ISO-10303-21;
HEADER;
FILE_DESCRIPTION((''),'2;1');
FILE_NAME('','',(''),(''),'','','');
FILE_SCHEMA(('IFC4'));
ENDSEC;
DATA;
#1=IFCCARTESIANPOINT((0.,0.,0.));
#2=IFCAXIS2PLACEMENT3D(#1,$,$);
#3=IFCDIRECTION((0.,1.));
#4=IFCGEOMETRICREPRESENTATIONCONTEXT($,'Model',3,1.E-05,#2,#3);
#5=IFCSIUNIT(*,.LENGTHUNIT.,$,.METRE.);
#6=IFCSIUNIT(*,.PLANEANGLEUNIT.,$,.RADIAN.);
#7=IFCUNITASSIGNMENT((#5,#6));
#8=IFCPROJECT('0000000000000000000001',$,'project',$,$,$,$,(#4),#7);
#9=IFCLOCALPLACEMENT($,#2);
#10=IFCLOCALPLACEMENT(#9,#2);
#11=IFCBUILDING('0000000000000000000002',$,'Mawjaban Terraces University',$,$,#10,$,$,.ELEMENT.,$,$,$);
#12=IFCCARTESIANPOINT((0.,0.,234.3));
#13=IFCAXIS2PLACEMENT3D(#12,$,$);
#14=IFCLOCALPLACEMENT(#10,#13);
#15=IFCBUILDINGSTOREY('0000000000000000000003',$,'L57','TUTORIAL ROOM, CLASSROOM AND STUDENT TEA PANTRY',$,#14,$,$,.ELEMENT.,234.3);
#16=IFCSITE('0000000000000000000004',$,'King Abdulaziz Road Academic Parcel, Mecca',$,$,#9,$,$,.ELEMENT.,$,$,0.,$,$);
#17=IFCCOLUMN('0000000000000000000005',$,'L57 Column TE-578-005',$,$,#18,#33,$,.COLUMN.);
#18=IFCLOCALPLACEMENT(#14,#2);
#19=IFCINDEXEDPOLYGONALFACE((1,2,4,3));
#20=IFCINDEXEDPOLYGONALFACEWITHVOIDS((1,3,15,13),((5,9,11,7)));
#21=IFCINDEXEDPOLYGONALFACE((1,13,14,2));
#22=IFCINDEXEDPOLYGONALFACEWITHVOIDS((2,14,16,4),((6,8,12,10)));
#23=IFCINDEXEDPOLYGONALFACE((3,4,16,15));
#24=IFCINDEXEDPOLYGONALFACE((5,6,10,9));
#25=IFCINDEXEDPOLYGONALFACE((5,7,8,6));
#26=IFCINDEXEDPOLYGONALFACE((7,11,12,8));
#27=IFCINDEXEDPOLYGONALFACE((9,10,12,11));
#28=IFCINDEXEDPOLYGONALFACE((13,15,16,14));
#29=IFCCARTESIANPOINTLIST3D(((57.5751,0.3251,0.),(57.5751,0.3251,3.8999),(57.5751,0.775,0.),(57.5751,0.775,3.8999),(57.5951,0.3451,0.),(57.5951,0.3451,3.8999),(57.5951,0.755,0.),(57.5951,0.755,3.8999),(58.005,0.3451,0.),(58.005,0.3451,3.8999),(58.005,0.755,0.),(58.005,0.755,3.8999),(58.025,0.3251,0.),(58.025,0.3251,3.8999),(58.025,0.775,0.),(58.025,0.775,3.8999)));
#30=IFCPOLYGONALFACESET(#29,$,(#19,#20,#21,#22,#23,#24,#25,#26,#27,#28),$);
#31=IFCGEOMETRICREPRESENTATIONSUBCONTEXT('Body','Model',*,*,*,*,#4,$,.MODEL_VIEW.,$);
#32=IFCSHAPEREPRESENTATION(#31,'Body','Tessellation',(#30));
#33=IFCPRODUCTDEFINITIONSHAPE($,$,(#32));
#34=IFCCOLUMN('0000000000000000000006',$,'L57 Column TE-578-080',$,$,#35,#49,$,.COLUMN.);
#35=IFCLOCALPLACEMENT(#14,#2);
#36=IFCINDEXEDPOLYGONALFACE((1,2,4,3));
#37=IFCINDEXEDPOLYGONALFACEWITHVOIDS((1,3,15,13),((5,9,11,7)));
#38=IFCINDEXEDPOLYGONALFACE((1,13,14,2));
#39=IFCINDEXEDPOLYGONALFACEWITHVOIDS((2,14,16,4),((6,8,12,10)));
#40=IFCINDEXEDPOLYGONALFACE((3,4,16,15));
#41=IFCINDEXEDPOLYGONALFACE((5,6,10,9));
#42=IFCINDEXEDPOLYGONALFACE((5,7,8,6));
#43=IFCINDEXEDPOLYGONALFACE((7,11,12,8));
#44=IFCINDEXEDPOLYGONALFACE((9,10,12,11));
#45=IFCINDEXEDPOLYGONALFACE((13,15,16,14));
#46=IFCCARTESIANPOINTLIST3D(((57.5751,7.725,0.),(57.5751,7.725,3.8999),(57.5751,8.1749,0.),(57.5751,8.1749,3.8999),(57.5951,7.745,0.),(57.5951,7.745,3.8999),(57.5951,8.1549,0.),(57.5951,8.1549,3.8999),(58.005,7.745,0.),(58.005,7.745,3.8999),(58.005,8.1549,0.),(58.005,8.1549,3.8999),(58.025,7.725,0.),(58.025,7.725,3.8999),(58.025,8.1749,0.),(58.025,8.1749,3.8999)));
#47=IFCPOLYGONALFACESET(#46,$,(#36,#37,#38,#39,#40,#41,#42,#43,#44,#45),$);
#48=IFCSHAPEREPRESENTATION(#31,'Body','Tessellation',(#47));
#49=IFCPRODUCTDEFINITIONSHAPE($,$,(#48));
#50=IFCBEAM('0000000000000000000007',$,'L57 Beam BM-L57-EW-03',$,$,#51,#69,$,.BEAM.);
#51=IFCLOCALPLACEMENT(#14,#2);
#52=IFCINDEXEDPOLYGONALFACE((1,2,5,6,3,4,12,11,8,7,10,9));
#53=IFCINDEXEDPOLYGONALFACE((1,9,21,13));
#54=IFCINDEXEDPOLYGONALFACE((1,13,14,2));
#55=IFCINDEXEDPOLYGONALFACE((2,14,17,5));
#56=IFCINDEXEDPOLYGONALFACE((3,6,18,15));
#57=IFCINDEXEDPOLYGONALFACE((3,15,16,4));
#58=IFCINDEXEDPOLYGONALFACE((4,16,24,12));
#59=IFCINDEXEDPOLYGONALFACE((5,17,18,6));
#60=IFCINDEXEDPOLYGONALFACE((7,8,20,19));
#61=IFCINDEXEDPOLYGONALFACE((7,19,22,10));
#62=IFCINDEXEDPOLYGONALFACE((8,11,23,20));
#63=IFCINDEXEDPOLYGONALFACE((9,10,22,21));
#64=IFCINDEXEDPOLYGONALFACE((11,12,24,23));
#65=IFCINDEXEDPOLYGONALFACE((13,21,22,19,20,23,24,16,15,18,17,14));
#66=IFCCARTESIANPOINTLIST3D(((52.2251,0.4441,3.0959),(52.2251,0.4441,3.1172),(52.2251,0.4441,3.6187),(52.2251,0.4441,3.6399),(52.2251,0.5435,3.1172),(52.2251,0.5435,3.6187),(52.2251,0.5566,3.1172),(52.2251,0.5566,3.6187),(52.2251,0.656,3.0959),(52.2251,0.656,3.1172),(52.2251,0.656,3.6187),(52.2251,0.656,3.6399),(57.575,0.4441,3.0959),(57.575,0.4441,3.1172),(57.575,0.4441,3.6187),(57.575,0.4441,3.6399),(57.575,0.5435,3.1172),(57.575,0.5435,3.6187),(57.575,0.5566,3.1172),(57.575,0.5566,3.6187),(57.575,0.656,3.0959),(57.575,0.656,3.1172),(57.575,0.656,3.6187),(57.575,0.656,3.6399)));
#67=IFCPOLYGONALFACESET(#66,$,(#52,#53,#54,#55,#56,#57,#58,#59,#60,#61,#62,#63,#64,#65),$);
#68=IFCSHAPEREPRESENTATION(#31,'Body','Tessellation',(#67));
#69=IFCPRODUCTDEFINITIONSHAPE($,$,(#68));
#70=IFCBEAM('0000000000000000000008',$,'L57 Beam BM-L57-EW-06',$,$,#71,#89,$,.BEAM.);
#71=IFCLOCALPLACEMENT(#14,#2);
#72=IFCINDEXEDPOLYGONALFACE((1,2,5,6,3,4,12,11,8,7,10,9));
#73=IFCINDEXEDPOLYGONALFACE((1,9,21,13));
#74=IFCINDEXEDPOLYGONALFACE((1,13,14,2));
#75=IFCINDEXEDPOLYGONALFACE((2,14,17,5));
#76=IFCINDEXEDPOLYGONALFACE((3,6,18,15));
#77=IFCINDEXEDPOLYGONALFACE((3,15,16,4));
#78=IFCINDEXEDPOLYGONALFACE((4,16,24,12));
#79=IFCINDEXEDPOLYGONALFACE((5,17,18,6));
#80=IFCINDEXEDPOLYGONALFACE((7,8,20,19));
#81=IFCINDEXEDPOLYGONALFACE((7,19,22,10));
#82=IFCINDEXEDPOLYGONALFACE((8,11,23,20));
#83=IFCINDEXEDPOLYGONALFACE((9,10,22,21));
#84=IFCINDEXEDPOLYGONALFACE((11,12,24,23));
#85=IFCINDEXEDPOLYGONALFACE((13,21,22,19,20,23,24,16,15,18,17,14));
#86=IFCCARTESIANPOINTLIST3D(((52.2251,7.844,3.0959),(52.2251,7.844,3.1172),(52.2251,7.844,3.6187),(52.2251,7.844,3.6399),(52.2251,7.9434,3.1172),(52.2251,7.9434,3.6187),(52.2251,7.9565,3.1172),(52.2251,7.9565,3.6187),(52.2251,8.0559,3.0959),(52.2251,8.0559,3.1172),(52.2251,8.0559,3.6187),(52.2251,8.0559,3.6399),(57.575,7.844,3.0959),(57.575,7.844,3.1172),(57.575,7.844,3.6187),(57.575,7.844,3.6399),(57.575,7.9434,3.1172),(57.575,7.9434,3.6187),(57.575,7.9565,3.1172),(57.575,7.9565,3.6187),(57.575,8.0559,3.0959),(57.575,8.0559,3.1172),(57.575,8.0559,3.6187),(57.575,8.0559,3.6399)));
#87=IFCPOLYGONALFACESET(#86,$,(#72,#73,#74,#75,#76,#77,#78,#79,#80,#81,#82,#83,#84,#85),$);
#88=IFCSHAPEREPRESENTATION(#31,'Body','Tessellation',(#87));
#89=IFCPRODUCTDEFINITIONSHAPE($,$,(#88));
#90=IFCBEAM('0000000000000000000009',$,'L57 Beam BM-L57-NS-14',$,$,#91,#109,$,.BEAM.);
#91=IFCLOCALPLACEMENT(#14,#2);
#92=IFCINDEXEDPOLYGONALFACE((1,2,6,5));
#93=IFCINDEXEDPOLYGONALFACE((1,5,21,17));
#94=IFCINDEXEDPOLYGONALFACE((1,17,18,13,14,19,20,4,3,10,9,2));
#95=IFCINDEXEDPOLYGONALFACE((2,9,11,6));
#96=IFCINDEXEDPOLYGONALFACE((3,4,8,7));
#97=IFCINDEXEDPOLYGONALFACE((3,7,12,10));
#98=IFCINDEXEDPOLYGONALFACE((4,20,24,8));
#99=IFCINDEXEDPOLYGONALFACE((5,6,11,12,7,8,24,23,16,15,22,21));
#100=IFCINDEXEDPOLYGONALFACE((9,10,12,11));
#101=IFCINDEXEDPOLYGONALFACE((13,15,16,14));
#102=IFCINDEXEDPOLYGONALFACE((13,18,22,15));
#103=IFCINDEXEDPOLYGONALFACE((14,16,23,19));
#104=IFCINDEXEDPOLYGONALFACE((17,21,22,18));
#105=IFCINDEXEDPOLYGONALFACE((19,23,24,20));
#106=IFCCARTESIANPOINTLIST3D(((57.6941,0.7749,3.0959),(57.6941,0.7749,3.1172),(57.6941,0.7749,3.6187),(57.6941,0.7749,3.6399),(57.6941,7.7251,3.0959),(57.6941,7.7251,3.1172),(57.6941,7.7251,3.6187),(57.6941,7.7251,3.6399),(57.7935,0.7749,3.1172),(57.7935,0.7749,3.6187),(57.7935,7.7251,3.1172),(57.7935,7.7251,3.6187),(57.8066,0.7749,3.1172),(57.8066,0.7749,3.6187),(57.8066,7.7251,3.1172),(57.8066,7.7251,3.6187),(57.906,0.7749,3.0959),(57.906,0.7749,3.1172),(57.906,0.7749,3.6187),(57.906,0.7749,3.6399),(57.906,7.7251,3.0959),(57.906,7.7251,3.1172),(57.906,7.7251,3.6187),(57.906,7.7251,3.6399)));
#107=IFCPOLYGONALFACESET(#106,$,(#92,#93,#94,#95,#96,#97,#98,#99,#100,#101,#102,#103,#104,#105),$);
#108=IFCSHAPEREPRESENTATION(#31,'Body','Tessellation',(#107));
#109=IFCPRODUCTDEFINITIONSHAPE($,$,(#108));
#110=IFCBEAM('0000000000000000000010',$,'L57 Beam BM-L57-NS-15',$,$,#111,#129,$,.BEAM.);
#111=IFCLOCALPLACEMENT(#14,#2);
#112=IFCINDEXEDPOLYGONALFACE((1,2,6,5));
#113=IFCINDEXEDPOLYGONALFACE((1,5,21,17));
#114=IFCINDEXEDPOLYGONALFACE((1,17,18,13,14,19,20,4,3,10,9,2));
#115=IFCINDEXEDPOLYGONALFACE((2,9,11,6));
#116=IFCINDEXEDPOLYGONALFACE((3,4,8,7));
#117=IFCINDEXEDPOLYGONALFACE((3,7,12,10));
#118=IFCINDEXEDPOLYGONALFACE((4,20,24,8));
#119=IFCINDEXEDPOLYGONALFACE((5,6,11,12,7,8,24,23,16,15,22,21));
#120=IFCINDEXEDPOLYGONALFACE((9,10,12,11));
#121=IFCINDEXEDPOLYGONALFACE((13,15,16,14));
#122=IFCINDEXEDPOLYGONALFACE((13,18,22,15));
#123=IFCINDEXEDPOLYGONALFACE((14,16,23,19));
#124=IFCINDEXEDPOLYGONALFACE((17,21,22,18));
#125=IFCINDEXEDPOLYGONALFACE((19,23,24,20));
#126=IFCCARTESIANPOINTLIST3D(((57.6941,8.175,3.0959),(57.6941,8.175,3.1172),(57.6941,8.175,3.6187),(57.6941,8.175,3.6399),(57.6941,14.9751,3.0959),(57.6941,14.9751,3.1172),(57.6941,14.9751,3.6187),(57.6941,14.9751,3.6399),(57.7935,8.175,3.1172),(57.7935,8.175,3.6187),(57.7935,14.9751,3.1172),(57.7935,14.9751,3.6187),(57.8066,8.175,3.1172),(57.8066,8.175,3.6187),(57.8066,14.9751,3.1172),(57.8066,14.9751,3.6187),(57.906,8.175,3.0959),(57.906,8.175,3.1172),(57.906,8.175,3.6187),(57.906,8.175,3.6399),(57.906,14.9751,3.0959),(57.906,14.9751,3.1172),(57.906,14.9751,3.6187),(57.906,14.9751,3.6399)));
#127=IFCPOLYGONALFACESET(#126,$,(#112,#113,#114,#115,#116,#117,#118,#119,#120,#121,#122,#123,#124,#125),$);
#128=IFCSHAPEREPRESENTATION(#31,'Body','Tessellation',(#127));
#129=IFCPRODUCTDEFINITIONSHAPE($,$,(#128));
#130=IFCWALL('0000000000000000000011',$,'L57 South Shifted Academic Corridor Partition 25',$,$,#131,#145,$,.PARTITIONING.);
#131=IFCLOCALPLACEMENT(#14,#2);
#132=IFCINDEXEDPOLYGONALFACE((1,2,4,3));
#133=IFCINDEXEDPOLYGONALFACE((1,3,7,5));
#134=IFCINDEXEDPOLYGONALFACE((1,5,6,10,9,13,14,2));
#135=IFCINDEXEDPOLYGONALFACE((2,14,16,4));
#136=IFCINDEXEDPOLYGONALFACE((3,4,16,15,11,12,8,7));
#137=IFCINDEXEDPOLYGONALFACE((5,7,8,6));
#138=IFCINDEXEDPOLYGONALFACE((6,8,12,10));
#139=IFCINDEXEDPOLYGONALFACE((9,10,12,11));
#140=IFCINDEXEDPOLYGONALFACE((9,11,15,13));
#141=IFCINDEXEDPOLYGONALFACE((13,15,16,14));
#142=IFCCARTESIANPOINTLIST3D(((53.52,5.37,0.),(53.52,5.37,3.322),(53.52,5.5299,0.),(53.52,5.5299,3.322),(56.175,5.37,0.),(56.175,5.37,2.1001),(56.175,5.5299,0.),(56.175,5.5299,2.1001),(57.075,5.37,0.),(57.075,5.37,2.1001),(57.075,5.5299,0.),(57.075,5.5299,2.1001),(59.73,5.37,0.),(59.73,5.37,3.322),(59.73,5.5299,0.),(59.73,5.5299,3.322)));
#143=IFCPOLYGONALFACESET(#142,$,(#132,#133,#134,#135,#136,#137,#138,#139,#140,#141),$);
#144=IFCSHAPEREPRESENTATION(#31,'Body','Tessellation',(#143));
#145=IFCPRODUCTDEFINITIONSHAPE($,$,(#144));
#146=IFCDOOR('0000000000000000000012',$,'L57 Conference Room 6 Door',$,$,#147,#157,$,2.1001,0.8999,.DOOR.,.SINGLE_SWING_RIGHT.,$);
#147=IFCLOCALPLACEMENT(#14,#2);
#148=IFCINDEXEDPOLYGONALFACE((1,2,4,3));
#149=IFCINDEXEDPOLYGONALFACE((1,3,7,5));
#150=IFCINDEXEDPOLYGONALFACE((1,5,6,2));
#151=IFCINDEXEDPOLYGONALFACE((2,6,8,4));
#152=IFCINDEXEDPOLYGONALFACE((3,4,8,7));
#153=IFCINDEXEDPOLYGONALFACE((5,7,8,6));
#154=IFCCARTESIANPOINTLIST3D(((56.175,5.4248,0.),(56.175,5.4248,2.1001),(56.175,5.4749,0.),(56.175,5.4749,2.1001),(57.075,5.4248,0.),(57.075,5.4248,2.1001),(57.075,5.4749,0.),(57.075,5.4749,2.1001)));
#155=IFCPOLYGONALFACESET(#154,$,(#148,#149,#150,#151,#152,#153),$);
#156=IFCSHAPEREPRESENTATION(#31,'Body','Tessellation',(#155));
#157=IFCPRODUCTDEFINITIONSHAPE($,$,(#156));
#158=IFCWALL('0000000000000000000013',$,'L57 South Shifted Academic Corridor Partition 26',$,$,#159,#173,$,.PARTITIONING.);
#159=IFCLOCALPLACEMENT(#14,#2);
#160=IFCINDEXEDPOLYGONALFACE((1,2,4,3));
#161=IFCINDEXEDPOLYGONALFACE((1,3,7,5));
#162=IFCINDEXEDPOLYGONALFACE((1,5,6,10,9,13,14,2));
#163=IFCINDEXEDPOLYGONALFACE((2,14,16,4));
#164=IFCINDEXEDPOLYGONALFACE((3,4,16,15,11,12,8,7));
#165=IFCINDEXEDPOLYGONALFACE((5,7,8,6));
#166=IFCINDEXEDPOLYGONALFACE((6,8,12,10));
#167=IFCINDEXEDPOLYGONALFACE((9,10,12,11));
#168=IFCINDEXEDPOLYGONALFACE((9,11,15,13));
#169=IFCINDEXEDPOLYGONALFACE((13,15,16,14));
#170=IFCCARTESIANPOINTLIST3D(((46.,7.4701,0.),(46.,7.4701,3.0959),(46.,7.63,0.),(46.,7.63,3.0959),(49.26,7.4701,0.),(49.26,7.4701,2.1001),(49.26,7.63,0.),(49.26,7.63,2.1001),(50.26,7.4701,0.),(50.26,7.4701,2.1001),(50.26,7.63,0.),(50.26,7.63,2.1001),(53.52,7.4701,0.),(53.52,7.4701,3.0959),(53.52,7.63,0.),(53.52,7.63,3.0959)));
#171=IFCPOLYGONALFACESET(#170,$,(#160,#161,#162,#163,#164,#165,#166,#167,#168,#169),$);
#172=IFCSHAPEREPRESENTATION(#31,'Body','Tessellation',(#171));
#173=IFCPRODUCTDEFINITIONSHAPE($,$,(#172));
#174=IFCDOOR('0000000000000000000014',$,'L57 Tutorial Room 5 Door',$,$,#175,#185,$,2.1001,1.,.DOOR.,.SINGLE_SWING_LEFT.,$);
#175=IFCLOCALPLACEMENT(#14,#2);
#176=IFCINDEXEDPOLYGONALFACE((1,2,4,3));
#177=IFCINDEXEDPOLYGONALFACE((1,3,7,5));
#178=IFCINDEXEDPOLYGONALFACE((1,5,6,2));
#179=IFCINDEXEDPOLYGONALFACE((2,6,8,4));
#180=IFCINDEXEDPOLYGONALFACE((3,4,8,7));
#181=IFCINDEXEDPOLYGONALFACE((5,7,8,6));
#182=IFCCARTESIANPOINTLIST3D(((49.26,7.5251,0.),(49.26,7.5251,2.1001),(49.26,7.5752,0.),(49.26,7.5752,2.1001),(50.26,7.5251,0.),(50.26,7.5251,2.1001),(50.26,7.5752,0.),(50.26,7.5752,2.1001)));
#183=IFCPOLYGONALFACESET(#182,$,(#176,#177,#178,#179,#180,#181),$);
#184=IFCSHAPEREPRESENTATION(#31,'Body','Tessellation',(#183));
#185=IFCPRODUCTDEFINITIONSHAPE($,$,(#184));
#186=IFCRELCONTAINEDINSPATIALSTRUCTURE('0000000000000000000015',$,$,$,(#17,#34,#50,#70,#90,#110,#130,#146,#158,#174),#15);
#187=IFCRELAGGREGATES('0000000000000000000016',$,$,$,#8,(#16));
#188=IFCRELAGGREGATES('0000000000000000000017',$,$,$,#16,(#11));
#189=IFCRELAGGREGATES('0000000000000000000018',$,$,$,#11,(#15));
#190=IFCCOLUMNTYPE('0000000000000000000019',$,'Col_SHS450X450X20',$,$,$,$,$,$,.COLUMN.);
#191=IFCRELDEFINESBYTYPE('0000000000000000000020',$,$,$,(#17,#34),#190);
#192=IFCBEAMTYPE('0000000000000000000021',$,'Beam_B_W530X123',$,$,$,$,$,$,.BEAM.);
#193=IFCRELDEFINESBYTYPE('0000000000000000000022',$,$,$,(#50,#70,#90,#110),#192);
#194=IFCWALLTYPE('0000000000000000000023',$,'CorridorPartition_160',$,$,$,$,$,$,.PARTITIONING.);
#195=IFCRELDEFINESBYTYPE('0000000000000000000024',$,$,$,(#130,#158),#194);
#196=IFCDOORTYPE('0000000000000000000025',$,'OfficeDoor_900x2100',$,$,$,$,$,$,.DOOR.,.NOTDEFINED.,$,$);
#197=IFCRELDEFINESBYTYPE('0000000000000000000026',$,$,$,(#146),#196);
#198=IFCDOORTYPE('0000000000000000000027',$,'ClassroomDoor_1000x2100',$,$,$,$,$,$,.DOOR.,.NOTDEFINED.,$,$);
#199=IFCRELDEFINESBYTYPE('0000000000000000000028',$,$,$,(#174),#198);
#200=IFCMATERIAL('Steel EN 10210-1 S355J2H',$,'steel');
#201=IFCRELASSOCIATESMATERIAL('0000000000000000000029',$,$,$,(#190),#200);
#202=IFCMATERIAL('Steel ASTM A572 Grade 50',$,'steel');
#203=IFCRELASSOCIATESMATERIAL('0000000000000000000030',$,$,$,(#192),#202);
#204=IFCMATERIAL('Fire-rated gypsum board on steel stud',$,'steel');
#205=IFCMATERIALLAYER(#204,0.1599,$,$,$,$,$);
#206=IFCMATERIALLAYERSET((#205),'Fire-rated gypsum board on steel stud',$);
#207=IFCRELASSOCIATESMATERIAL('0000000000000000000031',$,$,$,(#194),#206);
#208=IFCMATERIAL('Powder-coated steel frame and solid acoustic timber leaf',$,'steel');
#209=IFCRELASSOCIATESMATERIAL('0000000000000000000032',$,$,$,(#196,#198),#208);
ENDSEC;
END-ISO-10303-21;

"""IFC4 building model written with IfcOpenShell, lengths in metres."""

from ifc_helpers import new_model, si_unit, direction, frame, frame_2d, origin, origin_2d, place, context, subcontext, project, spatial, rectangle, hollow_rectangle, i_section, extrude, material, layer, layer_set, material_profile, profile_set, type_object, element, fill, save


model = new_model("IFC4")

# Units and contexts
model_context = context("Model", 3, precision=1e-05, world=origin(), true_north=direction((0.0, 1.0)))
body_context = subcontext(model_context, "Body", "Model", "MODEL_VIEW")
ifc_project = project(units=[si_unit("LENGTHUNIT", "METRE"), si_unit("PLANEANGLEUNIT", "RADIAN")], contexts=[model_context])

# Site, building, storey
site_placement = place(None, origin())
site = spatial("IfcSite", under=ifc_project, at=site_placement, Name="King Abdulaziz Road Academic Parcel, Mecca", CompositionType="ELEMENT", RefElevation=0.0)
building_placement = place(site_placement, origin())
building = spatial("IfcBuilding", under=site, at=building_placement, Name="Mawjaban Terraces University", CompositionType="ELEMENT")
storey_placement = place(building_placement, frame((0.0, 0.0, 234.3)))
storey = spatial("IfcBuildingStorey", under=building, at=storey_placement, Name="L57", Description="TUTORIAL ROOM, CLASSROOM AND STUDENT TEA PANTRY", CompositionType="ELEMENT", Elevation=234.3)

# Columns
ifc_material_1 = material(Name="Steel EN 10210-1 S355J2H", Category="steel")
ifc_material_profile_1 = material_profile(ifc_material_1, hollow_rectangle(XDim=0.45, YDim=0.45, WallThickness=0.02, at=origin_2d()), Name="SHS450X450X20")
ifc_profile_set_1 = profile_set([ifc_material_profile_1], Name="Steel EN 10210-1 S355J2H")
column_type = type_object("IfcColumnType", Name="Col_SHS450X450X20", PredefinedType="COLUMN", material=ifc_profile_set_1)
for number, where, z_axis, x_axis, name in (
    (1, (57.8, 0.55, 0.0), (0.0, 0.0, 1.0), (1.0, 0.0, 0.0), "L57 Column TE-578-005"),
    (2, (57.8, 7.95, 0.0), (0.0, 0.0, 1.0), (1.0, 0.0, 0.0), "L57 Column TE-578-080"),
):
    element("IfcColumn", number, at=place(storey_placement, frame(where, z_axis=z_axis, x_axis=x_axis)), inside=storey, type_object=column_type, Name=name, PredefinedType="COLUMN", context=body_context, shape_type="SweptSolid", body=[
        extrude(hollow_rectangle(XDim=0.45, YDim=0.45, WallThickness=0.02, at=origin_2d()), origin(), (0.0, 0.0, 1.0), 3.8999),
    ])

# Beams
ifc_material_2 = material(Name="Steel ASTM A572 Grade 50", Category="steel")
ifc_material_profile_2 = material_profile(ifc_material_2, i_section(OverallWidth=0.2119, OverallDepth=0.5439, WebThickness=0.0132, FlangeThickness=0.0212, at=origin_2d()), Name="W530X123")
ifc_profile_set_2 = profile_set([ifc_material_profile_2], Name="Steel ASTM A572 Grade 50")
beam_type = type_object("IfcBeamType", Name="Beam_B_W530X123", PredefinedType="BEAM", material=ifc_profile_set_2)
for number, where, z_axis, x_axis, name in (
    (3, (52.2251, 0.55, 3.3679), (1.0, 0.0, 0.0), (0.0, 1.0, 0.0), "L57 Beam BM-L57-EW-03"),
    (4, (52.2251, 7.95, 3.3679), (1.0, 0.0, 0.0), (0.0, 1.0, 0.0), "L57 Beam BM-L57-EW-06"),
):
    element("IfcBeam", number, at=place(storey_placement, frame(where, z_axis=z_axis, x_axis=x_axis)), inside=storey, type_object=beam_type, Name=name, PredefinedType="BEAM", context=body_context, shape_type="SweptSolid", body=[
        extrude(i_section(OverallWidth=0.2119, OverallDepth=0.5439, WebThickness=0.0132, FlangeThickness=0.0212, at=origin_2d()), origin(), (0.0, 0.0, 1.0), 5.3499),
    ])
beam_1_placement = place(storey_placement, frame((57.8, 0.7749, 3.3679), z_axis=(0.0, 1.0, 0.0), x_axis=(-1.0, 0.0, 0.0)))
element("IfcBeam", 5, at=beam_1_placement, inside=storey, type_object=beam_type, Name="L57 Beam BM-L57-NS-14", PredefinedType="BEAM", context=body_context, shape_type="SweptSolid", body=[
    extrude(i_section(OverallWidth=0.2119, OverallDepth=0.5439, WebThickness=0.0132, FlangeThickness=0.0212, at=origin_2d()), origin(), (0.0, 0.0, 1.0), 6.9502),
])
beam_2_placement = place(storey_placement, frame((57.8, 8.175, 3.3679), z_axis=(0.0, 1.0, 0.0), x_axis=(-1.0, 0.0, 0.0)))
element("IfcBeam", 6, at=beam_2_placement, inside=storey, type_object=beam_type, Name="L57 Beam BM-L57-NS-15", PredefinedType="BEAM", context=body_context, shape_type="SweptSolid", body=[
    extrude(i_section(OverallWidth=0.2119, OverallDepth=0.5439, WebThickness=0.0132, FlangeThickness=0.0212, at=origin_2d()), origin(), (0.0, 0.0, 1.0), 6.8),
])

# Walls, openings, doors
ifc_material_3 = material(Name="Fire-rated gypsum board on steel stud", Category="steel")
ifc_layer_1 = layer(ifc_material_3, 0.1599)
ifc_layer_set_1 = layer_set([ifc_layer_1], Name="Fire-rated gypsum board on steel stud")
wall_type_1 = type_object("IfcWallType", Name="CorridorPartition_160", PredefinedType="PARTITIONING", material=ifc_layer_set_1)
wall_1_placement = place(storey_placement, frame((53.52, 5.45, 0.0), z_axis=(0.0, 0.0, 1.0), x_axis=(1.0, 0.0, 0.0)))
wall_1 = element("IfcWall", 7, at=wall_1_placement, inside=storey, type_object=wall_type_1, Name="L57 South Shifted Academic Corridor Partition 25", PredefinedType="PARTITIONING", context=body_context, shape_type="SweptSolid", body=[
    extrude(rectangle(XDim=6.21, YDim=0.1599, at=frame_2d((3.105, 0.0))), origin(), (0.0, 0.0, 1.0), 3.322),
])
opening_1_placement = place(wall_1_placement, frame((2.655, 0.0, 0.0)))
opening_1 = element("IfcOpeningElement", 8, at=opening_1_placement, cuts=wall_1, PredefinedType="OPENING", context=body_context, shape_type="SweptSolid", body=[
    extrude(rectangle(XDim=0.8999, YDim=2.1001, at=frame_2d((0.45, 1.05))), frame((0.0, 0.0898, 0.0), z_axis=(0.0, -1.0, 0.0), x_axis=(1.0, 0.0, 0.0)), (0.0, 0.0, 1.0), 0.1799),
])
ifc_material_4 = material(Name="Powder-coated steel frame and solid acoustic timber leaf", Category="steel")
door_type_1 = type_object("IfcDoorType", Name="OfficeDoor_900x2100", OperationType="NOTDEFINED", PredefinedType="DOOR", material=ifc_material_4)
door_1_placement = place(opening_1_placement, origin())
door_1 = element("IfcDoor", 9, at=door_1_placement, inside=storey, type_object=door_type_1, Name="L57 Conference Room 6 Door", OperationType="SINGLE_SWING_RIGHT", OverallHeight=2.1001, OverallWidth=0.8999, PredefinedType="DOOR", context=body_context, shape_type="SweptSolid", body=[
    extrude(rectangle(XDim=0.8999, YDim=2.1001, at=frame_2d((0.45, 1.05))), frame((0.0, 0.0249, 0.0), z_axis=(0.0, -1.0, 0.0), x_axis=(1.0, 0.0, 0.0)), (0.0, 0.0, 1.0), 0.05),
])
fill(opening_1, door_1)
wall_2_placement = place(storey_placement, frame((53.52, 7.55, 0.0), z_axis=(0.0, 0.0, 1.0), x_axis=(-1.0, 0.0, 0.0)))
wall_2 = element("IfcWall", 10, at=wall_2_placement, inside=storey, type_object=wall_type_1, Name="L57 South Shifted Academic Corridor Partition 26", PredefinedType="PARTITIONING", context=body_context, shape_type="SweptSolid", body=[
    extrude(rectangle(XDim=7.52, YDim=0.1599, at=frame_2d((3.76, 0.0))), origin(), (0.0, 0.0, 1.0), 3.0959),
])
opening_2_placement = place(wall_2_placement, frame((3.26, 0.0, 0.0)))
opening_2 = element("IfcOpeningElement", 11, at=opening_2_placement, cuts=wall_2, PredefinedType="OPENING", context=body_context, shape_type="SweptSolid", body=[
    extrude(rectangle(XDim=1.0, YDim=2.1001, at=frame_2d((0.5, 1.05))), frame((0.0, 0.0898, 0.0), z_axis=(0.0, -1.0, 0.0), x_axis=(1.0, 0.0, 0.0)), (0.0, 0.0, 1.0), 0.1799),
])
door_type_2 = type_object("IfcDoorType", Name="ClassroomDoor_1000x2100", OperationType="NOTDEFINED", PredefinedType="DOOR", material=ifc_material_4)
door_2_placement = place(opening_2_placement, origin())
door_2 = element("IfcDoor", 12, at=door_2_placement, inside=storey, type_object=door_type_2, Name="L57 Tutorial Room 5 Door", OperationType="SINGLE_SWING_LEFT", OverallHeight=2.1001, OverallWidth=1.0, PredefinedType="DOOR", context=body_context, shape_type="SweptSolid", body=[
    extrude(rectangle(XDim=1.0, YDim=2.1001, at=frame_2d((0.5, 1.05))), frame((0.0, 0.0249, 0.0), z_axis=(0.0, -1.0, 0.0), x_axis=(1.0, 0.0, 0.0)), (0.0, 0.0, 1.0), 0.05),
])
fill(opening_2, door_2)

save(model, "model.ifc")
